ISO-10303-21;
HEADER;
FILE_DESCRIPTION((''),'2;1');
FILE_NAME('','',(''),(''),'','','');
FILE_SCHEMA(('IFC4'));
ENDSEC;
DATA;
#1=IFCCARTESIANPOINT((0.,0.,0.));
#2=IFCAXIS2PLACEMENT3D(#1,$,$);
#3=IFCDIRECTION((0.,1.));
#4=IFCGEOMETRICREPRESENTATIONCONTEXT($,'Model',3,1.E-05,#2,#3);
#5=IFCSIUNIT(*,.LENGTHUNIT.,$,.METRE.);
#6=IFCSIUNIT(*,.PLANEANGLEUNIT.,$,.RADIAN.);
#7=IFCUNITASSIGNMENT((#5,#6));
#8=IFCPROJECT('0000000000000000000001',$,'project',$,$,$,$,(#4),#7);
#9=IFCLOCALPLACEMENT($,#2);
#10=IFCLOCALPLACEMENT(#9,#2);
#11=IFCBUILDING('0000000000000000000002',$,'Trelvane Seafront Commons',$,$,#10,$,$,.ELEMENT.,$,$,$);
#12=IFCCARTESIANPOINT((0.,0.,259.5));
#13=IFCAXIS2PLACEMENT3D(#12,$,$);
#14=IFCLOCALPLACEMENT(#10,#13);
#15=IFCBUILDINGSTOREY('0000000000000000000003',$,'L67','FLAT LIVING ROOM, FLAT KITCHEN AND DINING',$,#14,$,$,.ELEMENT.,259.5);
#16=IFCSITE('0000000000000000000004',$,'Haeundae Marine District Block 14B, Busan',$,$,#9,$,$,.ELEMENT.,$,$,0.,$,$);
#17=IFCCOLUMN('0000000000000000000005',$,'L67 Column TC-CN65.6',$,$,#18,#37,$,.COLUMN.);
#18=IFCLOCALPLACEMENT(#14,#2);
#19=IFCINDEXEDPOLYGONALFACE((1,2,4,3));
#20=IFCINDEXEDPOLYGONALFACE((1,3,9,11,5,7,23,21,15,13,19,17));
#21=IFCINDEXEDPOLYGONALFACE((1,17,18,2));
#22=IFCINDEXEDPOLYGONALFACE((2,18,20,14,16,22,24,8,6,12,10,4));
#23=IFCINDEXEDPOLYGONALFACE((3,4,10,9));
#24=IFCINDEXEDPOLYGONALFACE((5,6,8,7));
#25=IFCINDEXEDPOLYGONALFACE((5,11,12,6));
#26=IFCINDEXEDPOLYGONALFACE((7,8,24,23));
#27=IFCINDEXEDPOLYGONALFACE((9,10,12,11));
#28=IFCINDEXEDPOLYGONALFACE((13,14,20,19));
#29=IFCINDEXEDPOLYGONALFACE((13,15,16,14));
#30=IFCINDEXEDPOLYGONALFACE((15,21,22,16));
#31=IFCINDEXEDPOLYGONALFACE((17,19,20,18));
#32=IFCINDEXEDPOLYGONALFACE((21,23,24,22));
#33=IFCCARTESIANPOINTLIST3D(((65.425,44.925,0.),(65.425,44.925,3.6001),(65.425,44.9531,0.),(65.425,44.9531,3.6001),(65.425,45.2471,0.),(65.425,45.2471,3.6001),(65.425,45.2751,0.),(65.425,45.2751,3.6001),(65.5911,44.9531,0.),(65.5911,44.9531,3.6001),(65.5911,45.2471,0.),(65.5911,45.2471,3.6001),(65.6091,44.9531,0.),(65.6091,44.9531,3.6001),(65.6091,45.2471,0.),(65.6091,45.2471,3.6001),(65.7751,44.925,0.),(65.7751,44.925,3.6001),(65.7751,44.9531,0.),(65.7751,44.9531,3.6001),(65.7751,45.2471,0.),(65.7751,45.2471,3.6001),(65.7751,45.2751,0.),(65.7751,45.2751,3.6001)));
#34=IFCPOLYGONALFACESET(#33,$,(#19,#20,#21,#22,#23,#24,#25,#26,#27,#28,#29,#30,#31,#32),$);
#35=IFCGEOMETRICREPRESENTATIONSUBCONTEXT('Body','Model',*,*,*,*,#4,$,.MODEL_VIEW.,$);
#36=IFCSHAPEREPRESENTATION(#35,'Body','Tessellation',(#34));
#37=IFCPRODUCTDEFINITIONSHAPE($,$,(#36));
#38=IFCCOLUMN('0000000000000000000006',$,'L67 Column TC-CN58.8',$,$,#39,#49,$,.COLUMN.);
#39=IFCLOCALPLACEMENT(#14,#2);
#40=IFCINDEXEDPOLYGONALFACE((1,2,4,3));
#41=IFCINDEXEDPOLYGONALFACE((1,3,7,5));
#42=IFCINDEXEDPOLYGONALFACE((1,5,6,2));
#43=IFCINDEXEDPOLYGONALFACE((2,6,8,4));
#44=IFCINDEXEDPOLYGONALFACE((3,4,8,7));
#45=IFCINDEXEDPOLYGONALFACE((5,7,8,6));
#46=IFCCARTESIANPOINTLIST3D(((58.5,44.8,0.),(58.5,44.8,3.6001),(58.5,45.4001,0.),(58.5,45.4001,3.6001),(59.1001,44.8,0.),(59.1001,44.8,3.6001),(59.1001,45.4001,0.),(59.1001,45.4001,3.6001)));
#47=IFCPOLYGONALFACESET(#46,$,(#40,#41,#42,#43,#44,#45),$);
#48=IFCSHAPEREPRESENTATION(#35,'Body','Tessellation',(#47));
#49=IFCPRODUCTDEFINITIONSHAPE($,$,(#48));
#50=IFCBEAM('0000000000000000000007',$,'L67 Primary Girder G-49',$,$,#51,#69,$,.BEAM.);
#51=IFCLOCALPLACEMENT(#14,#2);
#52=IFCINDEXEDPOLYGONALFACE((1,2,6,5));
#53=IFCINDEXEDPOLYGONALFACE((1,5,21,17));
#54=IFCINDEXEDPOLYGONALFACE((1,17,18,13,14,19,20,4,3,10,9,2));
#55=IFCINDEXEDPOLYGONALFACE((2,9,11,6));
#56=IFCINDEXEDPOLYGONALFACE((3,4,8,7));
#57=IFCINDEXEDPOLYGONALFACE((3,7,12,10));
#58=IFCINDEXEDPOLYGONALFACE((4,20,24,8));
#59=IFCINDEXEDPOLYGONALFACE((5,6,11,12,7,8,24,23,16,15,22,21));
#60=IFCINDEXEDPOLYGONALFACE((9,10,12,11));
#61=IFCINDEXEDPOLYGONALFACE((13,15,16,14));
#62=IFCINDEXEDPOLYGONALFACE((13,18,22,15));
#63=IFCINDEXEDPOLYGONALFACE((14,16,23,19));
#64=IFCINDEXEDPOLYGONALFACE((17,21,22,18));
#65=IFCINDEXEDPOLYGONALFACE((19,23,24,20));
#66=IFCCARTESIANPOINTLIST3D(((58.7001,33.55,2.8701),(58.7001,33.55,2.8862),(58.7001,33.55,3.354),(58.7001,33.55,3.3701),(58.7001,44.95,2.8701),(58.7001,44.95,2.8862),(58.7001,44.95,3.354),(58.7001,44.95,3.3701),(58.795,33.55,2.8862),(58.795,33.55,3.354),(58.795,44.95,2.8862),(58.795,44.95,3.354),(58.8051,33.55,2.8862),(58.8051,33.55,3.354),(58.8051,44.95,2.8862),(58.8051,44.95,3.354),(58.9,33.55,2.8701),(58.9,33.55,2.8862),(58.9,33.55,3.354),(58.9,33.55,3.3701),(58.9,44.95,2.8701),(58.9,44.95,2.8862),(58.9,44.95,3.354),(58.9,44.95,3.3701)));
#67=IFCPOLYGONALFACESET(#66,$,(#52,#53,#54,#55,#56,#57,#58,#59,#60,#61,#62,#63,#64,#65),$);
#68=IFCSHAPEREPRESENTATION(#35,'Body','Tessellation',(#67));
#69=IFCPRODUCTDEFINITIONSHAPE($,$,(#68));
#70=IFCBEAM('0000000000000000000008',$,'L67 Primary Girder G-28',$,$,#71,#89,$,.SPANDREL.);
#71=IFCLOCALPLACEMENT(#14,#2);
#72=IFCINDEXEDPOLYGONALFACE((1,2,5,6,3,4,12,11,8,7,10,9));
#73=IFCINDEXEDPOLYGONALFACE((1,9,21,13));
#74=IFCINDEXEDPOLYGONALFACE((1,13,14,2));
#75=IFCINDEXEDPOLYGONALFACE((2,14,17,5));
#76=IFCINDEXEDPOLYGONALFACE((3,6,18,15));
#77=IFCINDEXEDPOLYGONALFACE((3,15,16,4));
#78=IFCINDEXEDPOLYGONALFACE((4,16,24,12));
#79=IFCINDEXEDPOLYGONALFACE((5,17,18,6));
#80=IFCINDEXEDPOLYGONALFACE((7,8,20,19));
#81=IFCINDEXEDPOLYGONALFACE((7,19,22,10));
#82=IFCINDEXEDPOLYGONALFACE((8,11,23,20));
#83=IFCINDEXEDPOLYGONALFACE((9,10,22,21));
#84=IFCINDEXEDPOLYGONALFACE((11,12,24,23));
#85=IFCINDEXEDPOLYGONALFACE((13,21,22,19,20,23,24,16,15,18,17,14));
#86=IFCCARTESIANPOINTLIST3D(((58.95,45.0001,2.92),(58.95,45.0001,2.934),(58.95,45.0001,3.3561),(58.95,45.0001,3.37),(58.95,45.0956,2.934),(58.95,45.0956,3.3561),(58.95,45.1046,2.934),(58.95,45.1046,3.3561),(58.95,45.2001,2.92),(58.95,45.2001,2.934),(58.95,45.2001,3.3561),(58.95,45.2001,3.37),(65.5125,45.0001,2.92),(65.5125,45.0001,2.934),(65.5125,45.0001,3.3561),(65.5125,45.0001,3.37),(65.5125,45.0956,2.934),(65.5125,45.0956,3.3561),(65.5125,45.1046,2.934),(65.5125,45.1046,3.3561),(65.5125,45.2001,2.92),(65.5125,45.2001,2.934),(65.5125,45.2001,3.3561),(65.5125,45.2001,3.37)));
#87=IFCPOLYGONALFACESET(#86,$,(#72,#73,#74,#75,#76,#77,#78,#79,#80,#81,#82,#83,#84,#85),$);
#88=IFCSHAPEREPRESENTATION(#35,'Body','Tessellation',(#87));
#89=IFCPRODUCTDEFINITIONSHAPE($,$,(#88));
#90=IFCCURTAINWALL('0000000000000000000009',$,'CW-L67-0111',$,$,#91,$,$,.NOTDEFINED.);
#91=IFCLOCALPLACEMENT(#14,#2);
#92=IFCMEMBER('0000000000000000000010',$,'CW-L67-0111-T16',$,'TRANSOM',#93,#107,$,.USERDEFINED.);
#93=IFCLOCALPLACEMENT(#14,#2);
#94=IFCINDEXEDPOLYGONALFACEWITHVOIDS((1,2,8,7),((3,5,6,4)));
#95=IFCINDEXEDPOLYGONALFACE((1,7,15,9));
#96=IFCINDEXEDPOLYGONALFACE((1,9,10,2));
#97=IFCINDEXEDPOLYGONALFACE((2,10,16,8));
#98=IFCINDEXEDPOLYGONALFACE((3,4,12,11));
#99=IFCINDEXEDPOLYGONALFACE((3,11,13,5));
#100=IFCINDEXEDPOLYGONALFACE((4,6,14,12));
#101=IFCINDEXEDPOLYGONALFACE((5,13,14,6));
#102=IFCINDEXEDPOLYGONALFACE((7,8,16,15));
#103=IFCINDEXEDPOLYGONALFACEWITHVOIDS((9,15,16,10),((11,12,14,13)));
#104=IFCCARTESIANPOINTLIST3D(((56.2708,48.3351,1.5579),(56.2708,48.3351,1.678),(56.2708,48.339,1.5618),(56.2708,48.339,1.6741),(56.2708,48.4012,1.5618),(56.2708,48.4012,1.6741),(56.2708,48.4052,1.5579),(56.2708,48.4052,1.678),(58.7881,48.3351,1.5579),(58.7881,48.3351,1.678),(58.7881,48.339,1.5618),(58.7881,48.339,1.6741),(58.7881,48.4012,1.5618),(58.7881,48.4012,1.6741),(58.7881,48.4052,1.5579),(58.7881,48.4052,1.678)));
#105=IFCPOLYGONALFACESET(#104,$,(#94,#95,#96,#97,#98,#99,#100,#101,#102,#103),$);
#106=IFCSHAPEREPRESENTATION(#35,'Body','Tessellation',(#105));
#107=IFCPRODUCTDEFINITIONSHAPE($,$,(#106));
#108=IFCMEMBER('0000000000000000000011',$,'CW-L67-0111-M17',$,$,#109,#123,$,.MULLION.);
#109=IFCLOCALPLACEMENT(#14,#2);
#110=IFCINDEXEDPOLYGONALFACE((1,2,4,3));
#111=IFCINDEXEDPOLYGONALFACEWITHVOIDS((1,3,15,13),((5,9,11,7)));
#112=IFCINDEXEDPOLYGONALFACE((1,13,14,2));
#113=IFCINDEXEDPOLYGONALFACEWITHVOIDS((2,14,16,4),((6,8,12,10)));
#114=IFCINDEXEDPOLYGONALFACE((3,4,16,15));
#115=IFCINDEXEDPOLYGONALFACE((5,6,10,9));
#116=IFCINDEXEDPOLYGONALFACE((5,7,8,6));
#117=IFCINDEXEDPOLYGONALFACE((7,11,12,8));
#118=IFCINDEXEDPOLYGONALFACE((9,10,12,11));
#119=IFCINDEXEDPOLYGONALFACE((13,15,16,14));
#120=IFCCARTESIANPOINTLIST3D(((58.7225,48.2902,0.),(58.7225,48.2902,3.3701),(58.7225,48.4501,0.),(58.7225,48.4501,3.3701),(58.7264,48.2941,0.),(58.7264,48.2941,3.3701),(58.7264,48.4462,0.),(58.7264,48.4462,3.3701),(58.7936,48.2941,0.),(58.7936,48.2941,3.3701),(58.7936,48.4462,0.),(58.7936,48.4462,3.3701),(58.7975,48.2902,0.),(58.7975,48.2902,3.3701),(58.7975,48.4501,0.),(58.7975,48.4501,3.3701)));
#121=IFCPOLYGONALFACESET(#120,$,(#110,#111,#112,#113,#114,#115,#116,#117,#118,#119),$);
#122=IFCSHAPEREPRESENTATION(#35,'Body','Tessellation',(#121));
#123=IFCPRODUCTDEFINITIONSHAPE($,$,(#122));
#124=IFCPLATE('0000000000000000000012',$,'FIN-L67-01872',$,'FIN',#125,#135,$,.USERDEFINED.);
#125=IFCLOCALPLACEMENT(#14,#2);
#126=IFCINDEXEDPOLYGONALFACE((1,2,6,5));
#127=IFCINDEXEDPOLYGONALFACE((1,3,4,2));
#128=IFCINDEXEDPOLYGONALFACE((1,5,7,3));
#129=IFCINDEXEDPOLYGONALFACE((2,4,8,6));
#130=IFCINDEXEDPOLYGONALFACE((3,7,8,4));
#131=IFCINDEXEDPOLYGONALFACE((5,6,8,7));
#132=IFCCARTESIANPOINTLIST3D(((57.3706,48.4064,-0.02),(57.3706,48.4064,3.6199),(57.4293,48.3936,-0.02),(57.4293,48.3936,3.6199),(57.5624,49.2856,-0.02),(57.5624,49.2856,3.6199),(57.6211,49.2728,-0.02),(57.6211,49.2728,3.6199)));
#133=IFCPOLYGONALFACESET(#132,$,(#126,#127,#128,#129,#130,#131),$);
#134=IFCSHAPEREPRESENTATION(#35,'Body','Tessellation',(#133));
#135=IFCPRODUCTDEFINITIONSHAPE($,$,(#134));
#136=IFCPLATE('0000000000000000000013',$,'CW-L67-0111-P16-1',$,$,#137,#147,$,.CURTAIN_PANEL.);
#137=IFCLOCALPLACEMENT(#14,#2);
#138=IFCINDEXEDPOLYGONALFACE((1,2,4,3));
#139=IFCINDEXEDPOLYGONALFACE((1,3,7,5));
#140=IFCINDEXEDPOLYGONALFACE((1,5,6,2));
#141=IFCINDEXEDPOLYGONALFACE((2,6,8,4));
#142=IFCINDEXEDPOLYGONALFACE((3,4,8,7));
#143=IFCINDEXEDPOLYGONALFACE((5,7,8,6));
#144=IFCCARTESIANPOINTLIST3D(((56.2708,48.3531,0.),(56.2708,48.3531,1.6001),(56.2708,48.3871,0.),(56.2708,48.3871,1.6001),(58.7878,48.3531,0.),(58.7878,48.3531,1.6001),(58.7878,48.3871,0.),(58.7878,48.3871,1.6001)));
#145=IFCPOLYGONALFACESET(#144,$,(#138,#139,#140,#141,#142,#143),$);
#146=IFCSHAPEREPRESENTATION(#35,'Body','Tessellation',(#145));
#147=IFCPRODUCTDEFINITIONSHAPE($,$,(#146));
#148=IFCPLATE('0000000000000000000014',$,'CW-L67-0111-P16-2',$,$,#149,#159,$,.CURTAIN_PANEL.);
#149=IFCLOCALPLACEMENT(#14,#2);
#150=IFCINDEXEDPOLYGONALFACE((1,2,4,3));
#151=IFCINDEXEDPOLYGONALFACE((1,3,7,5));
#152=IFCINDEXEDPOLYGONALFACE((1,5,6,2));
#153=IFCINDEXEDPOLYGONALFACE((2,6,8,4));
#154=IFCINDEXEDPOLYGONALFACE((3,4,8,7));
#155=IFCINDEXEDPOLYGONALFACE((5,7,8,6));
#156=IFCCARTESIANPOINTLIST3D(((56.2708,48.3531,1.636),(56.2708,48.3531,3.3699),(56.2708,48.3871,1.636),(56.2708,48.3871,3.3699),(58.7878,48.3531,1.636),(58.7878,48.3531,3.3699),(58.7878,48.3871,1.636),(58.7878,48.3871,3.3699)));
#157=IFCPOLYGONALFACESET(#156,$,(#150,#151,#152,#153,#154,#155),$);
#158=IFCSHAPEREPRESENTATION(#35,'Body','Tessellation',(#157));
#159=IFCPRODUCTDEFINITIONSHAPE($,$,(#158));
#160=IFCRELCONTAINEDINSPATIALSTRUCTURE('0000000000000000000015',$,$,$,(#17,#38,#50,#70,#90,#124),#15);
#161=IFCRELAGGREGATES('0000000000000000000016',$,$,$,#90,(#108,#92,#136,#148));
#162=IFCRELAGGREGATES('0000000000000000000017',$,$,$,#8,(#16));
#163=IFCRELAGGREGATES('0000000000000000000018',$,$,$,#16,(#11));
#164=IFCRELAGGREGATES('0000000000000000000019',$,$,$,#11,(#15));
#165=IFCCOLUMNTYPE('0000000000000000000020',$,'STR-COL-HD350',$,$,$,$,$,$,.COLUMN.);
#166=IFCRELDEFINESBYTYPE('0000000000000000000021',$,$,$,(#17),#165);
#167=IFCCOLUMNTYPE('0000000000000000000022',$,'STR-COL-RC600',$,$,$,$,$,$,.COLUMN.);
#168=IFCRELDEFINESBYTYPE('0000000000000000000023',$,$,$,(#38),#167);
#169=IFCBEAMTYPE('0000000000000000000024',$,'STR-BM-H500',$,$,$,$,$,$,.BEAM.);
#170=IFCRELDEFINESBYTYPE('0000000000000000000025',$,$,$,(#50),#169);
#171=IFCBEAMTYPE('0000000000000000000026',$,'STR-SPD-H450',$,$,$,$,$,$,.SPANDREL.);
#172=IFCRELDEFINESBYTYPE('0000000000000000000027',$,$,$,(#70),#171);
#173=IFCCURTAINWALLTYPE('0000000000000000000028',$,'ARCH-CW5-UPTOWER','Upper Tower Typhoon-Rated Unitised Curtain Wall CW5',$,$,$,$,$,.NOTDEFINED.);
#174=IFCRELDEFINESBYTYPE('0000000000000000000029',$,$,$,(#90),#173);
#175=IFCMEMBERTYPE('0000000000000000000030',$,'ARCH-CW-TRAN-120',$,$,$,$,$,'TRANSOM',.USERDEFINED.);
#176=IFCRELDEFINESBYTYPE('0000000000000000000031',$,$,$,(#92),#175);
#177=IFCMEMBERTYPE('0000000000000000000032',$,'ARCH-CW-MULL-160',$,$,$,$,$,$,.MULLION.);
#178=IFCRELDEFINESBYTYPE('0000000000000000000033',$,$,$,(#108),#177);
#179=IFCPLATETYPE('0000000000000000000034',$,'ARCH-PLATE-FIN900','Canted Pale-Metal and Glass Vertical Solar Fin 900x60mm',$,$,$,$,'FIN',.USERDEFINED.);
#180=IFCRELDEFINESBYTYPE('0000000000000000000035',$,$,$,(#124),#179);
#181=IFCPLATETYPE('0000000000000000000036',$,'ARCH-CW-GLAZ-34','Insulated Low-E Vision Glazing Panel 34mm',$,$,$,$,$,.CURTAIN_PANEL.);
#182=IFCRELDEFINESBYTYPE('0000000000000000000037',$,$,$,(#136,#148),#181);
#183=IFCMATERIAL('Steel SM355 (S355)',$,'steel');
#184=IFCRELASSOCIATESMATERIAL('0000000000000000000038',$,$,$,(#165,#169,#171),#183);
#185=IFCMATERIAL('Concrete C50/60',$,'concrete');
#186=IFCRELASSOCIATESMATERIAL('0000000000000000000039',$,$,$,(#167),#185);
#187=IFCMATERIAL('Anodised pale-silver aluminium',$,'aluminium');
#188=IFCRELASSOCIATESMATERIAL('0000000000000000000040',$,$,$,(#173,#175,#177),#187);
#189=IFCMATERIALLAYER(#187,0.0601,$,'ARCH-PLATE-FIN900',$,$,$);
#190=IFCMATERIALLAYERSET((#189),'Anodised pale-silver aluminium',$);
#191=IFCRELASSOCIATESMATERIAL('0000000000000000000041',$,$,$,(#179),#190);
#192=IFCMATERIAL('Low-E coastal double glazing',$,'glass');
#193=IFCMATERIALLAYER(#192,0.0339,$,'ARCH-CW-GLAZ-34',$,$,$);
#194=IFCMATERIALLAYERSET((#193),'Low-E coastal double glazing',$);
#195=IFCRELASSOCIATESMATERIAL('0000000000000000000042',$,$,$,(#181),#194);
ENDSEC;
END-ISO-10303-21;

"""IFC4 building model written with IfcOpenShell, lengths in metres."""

from ifc_helpers import new_model, si_unit, direction, frame, origin, origin_2d, place, context, subcontext, project, spatial, rectangle, hollow_rectangle, i_section, extrude, source, transform, mapped, material, layer, layer_set, material_profile, profile_set, type_object, element, aggregate, save


model = new_model("IFC4")

# Units and contexts
model_context = context("Model", 3, precision=1e-05, world=origin(), true_north=direction((0.0, 1.0)))
body_context = subcontext(model_context, "Body", "Model", "MODEL_VIEW")
ifc_project = project(units=[si_unit("LENGTHUNIT", "METRE"), si_unit("PLANEANGLEUNIT", "RADIAN")], contexts=[model_context])

# Site, building, storey
site_placement = place(None, origin())
site = spatial("IfcSite", under=ifc_project, at=site_placement, Name="Haeundae Marine District Block 14B, Busan", CompositionType="ELEMENT", RefElevation=0.0)
building_placement = place(site_placement, origin())
building = spatial("IfcBuilding", under=site, at=building_placement, Name="Trelvane Seafront Commons", CompositionType="ELEMENT")
storey_placement = place(building_placement, frame((0.0, 0.0, 259.5)))
storey = spatial("IfcBuildingStorey", under=building, at=storey_placement, Name="L67", Description="FLAT LIVING ROOM, FLAT KITCHEN AND DINING", CompositionType="ELEMENT", Elevation=259.5)

# Columns
ifc_material_1 = material(Name="Steel SM355 (S355)", Category="steel")
ifc_material_profile_1 = material_profile(ifc_material_1, i_section(OverallWidth=0.3501, OverallDepth=0.3501, WebThickness=0.0181, FlangeThickness=0.0281, at=origin_2d()), Name="HD-350x350x18x28")
ifc_profile_set_1 = profile_set([ifc_material_profile_1], Name="Steel SM355 (S355)")
column_type_1 = type_object("IfcColumnType", Name="STR-COL-HD350", PredefinedType="COLUMN", material=ifc_profile_set_1)
shared_shape_1 = source(origin(), body_context, "Body", "SweptSolid", [
    extrude(i_section(OverallWidth=0.3501, OverallDepth=0.3501, WebThickness=0.0181, FlangeThickness=0.0281, at=origin_2d()), origin(), (0.0, 0.0, 1.0), 3.6001),
])
column_1_placement = place(storey_placement, frame((65.6001, 45.1001, 0.0), z_axis=(0.0, 0.0, 1.0), x_axis=(1.0, 0.0, 0.0)))
element("IfcColumn", 1, at=column_1_placement, inside=storey, type_object=column_type_1, Name="L67 Column TC-CN65.6", PredefinedType="COLUMN", context=body_context, shape_type="MappedRepresentation", body=[
    mapped(shared_shape_1, transform((0.0, 0.0, 0.0), x_axis=(1.0, 0.0, 0.0), y_axis=(0.0, 1.0, 0.0), z_axis=(0.0, 0.0, 1.0), scale=1.0)),
])
ifc_material_2 = material(Name="Concrete C50/60", Category="concrete")
ifc_material_profile_2 = material_profile(ifc_material_2, rectangle(XDim=0.6001, YDim=0.6001, at=origin_2d()), Name="RC-600x600")
ifc_profile_set_2 = profile_set([ifc_material_profile_2], Name="Concrete C50/60")
column_type_2 = type_object("IfcColumnType", Name="STR-COL-RC600", PredefinedType="COLUMN", material=ifc_profile_set_2)
shared_shape_2 = source(origin(), body_context, "Body", "SweptSolid", [
    extrude(rectangle(XDim=0.6001, YDim=0.6001, at=origin_2d()), origin(), (0.0, 0.0, 1.0), 3.6001),
])
column_2_placement = place(storey_placement, frame((58.8, 45.1001, 0.0), z_axis=(0.0, 0.0, 1.0), x_axis=(1.0, 0.0, 0.0)))
element("IfcColumn", 2, at=column_2_placement, inside=storey, type_object=column_type_2, Name="L67 Column TC-CN58.8", PredefinedType="COLUMN", context=body_context, shape_type="MappedRepresentation", body=[
    mapped(shared_shape_2, transform((0.0, 0.0, 0.0), x_axis=(1.0, 0.0, 0.0), y_axis=(0.0, 1.0, 0.0), z_axis=(0.0, 0.0, 1.0), scale=1.0)),
])

# Beams
ifc_material_profile_3 = material_profile(ifc_material_1, i_section(OverallWidth=0.2, OverallDepth=0.5, WebThickness=0.01, FlangeThickness=0.0161, at=origin_2d()), Name="H-500x200x10x16")
ifc_profile_set_3 = profile_set([ifc_material_profile_3], Name="Steel SM355 (S355)")
beam_type_1 = type_object("IfcBeamType", Name="STR-BM-H500", PredefinedType="BEAM", material=ifc_profile_set_3)
shared_shape_3 = source(origin(), body_context, "Body", "SweptSolid", [
    extrude(i_section(OverallWidth=0.2, OverallDepth=0.5, WebThickness=0.01, FlangeThickness=0.0161, at=origin_2d()), origin(), (0.0, 0.0, 1.0), 11.3999),
])
beam_1_placement = place(storey_placement, frame((58.8, 33.55, 3.1201), z_axis=(0.0, 1.0, 0.0), x_axis=(-1.0, 0.0, 0.0)))
element("IfcBeam", 3, at=beam_1_placement, inside=storey, type_object=beam_type_1, Name="L67 Primary Girder G-49", PredefinedType="BEAM", context=body_context, shape_type="MappedRepresentation", body=[
    mapped(shared_shape_3, transform((0.0, 0.0, 0.0), x_axis=(1.0, 0.0, 0.0), y_axis=(0.0, 1.0, 0.0), z_axis=(0.0, 0.0, 1.0), scale=1.0)),
])
ifc_material_profile_4 = material_profile(ifc_material_1, i_section(OverallWidth=0.2, OverallDepth=0.45, WebThickness=0.009, FlangeThickness=0.0139, at=origin_2d()), Name="H-450x200x9x14")
ifc_profile_set_4 = profile_set([ifc_material_profile_4], Name="Steel SM355 (S355)")
beam_type_2 = type_object("IfcBeamType", Name="STR-SPD-H450", PredefinedType="SPANDREL", material=ifc_profile_set_4)
shared_shape_4 = source(origin(), body_context, "Body", "SweptSolid", [
    extrude(i_section(OverallWidth=0.2, OverallDepth=0.45, WebThickness=0.009, FlangeThickness=0.0139, at=origin_2d()), origin(), (0.0, 0.0, 1.0), 6.5625),
])
beam_2_placement = place(storey_placement, frame((58.95, 45.1001, 3.145), z_axis=(1.0, 0.0, 0.0), x_axis=(0.0, 1.0, 0.0)))
element("IfcBeam", 4, at=beam_2_placement, inside=storey, type_object=beam_type_2, Name="L67 Primary Girder G-28", PredefinedType="SPANDREL", context=body_context, shape_type="MappedRepresentation", body=[
    mapped(shared_shape_4, transform((0.0, 0.0, 0.0), x_axis=(1.0, 0.0, 0.0), y_axis=(0.0, 1.0, 0.0), z_axis=(0.0, 0.0, 1.0), scale=1.0)),
])

# Curtain wall, members
ifc_material_3 = material(Name="Anodised pale-silver aluminium", Category="aluminium")
curtain_wall_type = type_object("IfcCurtainWallType", Name="ARCH-CW5-UPTOWER", Description="Upper Tower Typhoon-Rated Unitised Curtain Wall CW5", PredefinedType="NOTDEFINED", material=ifc_material_3)
curtain_wall_placement = place(storey_placement, origin())
curtain_wall = element("IfcCurtainWall", 5, at=curtain_wall_placement, inside=storey, type_object=curtain_wall_type, Name="CW-L67-0111", PredefinedType="NOTDEFINED")
ifc_material_profile_5 = material_profile(ifc_material_3, hollow_rectangle(XDim=0.0701, YDim=0.1201, WallThickness=0.0039, at=origin_2d()), Name="TRAN-70x120x4")
ifc_profile_set_5 = profile_set([ifc_material_profile_5], Name="Anodised pale-silver aluminium")
member_type_1 = type_object("IfcMemberType", Name="ARCH-CW-TRAN-120", ElementType="TRANSOM", PredefinedType="USERDEFINED", material=ifc_profile_set_5)
shared_shape_5 = source(origin(), body_context, "Body", "SweptSolid", [
    extrude(hollow_rectangle(XDim=0.0701, YDim=0.1201, WallThickness=0.0039, at=origin_2d()), origin(), (0.0, 0.0, 1.0), 2.5173),
])
member_1_placement = place(storey_placement, frame((56.2708, 48.3701, 1.6179), z_axis=(1.0, 0.0, 0.0), x_axis=(0.0, 1.0, 0.0)))
member_1 = element("IfcMember", 6, at=member_1_placement, type_object=member_type_1, Name="CW-L67-0111-T16", ObjectType="TRANSOM", PredefinedType="USERDEFINED", context=body_context, shape_type="MappedRepresentation", body=[
    mapped(shared_shape_5, transform((0.0, 0.0, 0.0), x_axis=(1.0, 0.0, 0.0), y_axis=(0.0, 1.0, 0.0), z_axis=(0.0, 0.0, 1.0), scale=1.0)),
])
ifc_material_profile_6 = material_profile(ifc_material_3, hollow_rectangle(XDim=0.075, YDim=0.1599, WallThickness=0.0039, at=origin_2d()), Name="MULL-75x160x4")
ifc_profile_set_6 = profile_set([ifc_material_profile_6], Name="Anodised pale-silver aluminium")
member_type_2 = type_object("IfcMemberType", Name="ARCH-CW-MULL-160", PredefinedType="MULLION", material=ifc_profile_set_6)
shared_shape_6 = source(origin(), body_context, "Body", "SweptSolid", [
    extrude(hollow_rectangle(XDim=0.075, YDim=0.1599, WallThickness=0.0039, at=origin_2d()), origin(), (0.0, 0.0, 1.0), 3.3701),
])
member_2_placement = place(storey_placement, frame((58.76, 48.3701, 0.0), z_axis=(0.0, 0.0, 1.0), x_axis=(1.0, 0.0, 0.0)))
member_2 = element("IfcMember", 7, at=member_2_placement, type_object=member_type_2, Name="CW-L67-0111-M17", PredefinedType="MULLION", context=body_context, shape_type="MappedRepresentation", body=[
    mapped(shared_shape_6, transform((0.0, 0.0, 0.0), x_axis=(1.0, 0.0, 0.0), y_axis=(0.0, 1.0, 0.0), z_axis=(0.0, 0.0, 1.0), scale=1.0)),
])

# Plates
ifc_layer_1 = layer(ifc_material_3, 0.0601, Name="ARCH-PLATE-FIN900")
ifc_layer_set_1 = layer_set([ifc_layer_1], Name="Anodised pale-silver aluminium")
plate_type_1 = type_object("IfcPlateType", Name="ARCH-PLATE-FIN900", Description="Canted Pale-Metal and Glass Vertical Solar Fin 900x60mm", ElementType="FIN", PredefinedType="USERDEFINED", material=ifc_layer_set_1)
shared_shape_7 = source(origin(), body_context, "Body", "SweptSolid", [
    extrude(rectangle(XDim=0.8999, YDim=0.0601, at=origin_2d()), origin(), (0.0, 0.0, 1.0), 3.6399),
])
plate_1_placement = place(storey_placement, frame((57.4958, 48.8396, -0.02), z_axis=(0.0, 0.0, 1.0), x_axis=(0.213117, 0.977027, 0.0)))
element("IfcPlate", 8, at=plate_1_placement, inside=storey, type_object=plate_type_1, Name="FIN-L67-01872", ObjectType="FIN", PredefinedType="USERDEFINED", context=body_context, shape_type="MappedRepresentation", body=[
    mapped(shared_shape_7, transform((0.0, 0.0, 0.0), x_axis=(1.0, 0.0, 0.0), y_axis=(0.0, 1.0, 0.0), z_axis=(0.0, 0.0, 1.0), scale=1.0)),
])
ifc_material_4 = material(Name="Low-E coastal double glazing", Category="glass")
ifc_layer_2 = layer(ifc_material_4, 0.0339, Name="ARCH-CW-GLAZ-34")
ifc_layer_set_2 = layer_set([ifc_layer_2], Name="Low-E coastal double glazing")
plate_type_2 = type_object("IfcPlateType", Name="ARCH-CW-GLAZ-34", Description="Insulated Low-E Vision Glazing Panel 34mm", PredefinedType="CURTAIN_PANEL", material=ifc_layer_set_2)
shared_shape_8 = source(origin(), body_context, "Body", "SweptSolid", [
    extrude(rectangle(XDim=2.5171, YDim=0.0339, at=origin_2d()), origin(), (0.0, 0.0, 1.0), 1.6001),
])
plate_2_placement = place(storey_placement, frame((57.5293, 48.3701, 0.0), z_axis=(0.0, 0.0, 1.0), x_axis=(1.0, 0.0, 0.0)))
plate_2 = element("IfcPlate", 9, at=plate_2_placement, type_object=plate_type_2, Name="CW-L67-0111-P16-1", PredefinedType="CURTAIN_PANEL", context=body_context, shape_type="MappedRepresentation", body=[
    mapped(shared_shape_8, transform((0.0, 0.0, 0.0), x_axis=(1.0, 0.0, 0.0), y_axis=(0.0, 1.0, 0.0), z_axis=(0.0, 0.0, 1.0), scale=1.0)),
])
shared_shape_9 = source(origin(), body_context, "Body", "SweptSolid", [
    extrude(rectangle(XDim=2.5171, YDim=0.0339, at=origin_2d()), origin(), (0.0, 0.0, 1.0), 1.7339),
])
plate_3_placement = place(storey_placement, frame((57.5293, 48.3701, 1.636), z_axis=(0.0, 0.0, 1.0), x_axis=(1.0, 0.0, 0.0)))
plate_3 = element("IfcPlate", 10, at=plate_3_placement, type_object=plate_type_2, Name="CW-L67-0111-P16-2", PredefinedType="CURTAIN_PANEL", context=body_context, shape_type="MappedRepresentation", body=[
    mapped(shared_shape_9, transform((0.0, 0.0, 0.0), x_axis=(1.0, 0.0, 0.0), y_axis=(0.0, 1.0, 0.0), z_axis=(0.0, 0.0, 1.0), scale=1.0)),
])
aggregate(curtain_wall, [member_2, member_1, plate_2, plate_3])

save(model, "model.ifc")
